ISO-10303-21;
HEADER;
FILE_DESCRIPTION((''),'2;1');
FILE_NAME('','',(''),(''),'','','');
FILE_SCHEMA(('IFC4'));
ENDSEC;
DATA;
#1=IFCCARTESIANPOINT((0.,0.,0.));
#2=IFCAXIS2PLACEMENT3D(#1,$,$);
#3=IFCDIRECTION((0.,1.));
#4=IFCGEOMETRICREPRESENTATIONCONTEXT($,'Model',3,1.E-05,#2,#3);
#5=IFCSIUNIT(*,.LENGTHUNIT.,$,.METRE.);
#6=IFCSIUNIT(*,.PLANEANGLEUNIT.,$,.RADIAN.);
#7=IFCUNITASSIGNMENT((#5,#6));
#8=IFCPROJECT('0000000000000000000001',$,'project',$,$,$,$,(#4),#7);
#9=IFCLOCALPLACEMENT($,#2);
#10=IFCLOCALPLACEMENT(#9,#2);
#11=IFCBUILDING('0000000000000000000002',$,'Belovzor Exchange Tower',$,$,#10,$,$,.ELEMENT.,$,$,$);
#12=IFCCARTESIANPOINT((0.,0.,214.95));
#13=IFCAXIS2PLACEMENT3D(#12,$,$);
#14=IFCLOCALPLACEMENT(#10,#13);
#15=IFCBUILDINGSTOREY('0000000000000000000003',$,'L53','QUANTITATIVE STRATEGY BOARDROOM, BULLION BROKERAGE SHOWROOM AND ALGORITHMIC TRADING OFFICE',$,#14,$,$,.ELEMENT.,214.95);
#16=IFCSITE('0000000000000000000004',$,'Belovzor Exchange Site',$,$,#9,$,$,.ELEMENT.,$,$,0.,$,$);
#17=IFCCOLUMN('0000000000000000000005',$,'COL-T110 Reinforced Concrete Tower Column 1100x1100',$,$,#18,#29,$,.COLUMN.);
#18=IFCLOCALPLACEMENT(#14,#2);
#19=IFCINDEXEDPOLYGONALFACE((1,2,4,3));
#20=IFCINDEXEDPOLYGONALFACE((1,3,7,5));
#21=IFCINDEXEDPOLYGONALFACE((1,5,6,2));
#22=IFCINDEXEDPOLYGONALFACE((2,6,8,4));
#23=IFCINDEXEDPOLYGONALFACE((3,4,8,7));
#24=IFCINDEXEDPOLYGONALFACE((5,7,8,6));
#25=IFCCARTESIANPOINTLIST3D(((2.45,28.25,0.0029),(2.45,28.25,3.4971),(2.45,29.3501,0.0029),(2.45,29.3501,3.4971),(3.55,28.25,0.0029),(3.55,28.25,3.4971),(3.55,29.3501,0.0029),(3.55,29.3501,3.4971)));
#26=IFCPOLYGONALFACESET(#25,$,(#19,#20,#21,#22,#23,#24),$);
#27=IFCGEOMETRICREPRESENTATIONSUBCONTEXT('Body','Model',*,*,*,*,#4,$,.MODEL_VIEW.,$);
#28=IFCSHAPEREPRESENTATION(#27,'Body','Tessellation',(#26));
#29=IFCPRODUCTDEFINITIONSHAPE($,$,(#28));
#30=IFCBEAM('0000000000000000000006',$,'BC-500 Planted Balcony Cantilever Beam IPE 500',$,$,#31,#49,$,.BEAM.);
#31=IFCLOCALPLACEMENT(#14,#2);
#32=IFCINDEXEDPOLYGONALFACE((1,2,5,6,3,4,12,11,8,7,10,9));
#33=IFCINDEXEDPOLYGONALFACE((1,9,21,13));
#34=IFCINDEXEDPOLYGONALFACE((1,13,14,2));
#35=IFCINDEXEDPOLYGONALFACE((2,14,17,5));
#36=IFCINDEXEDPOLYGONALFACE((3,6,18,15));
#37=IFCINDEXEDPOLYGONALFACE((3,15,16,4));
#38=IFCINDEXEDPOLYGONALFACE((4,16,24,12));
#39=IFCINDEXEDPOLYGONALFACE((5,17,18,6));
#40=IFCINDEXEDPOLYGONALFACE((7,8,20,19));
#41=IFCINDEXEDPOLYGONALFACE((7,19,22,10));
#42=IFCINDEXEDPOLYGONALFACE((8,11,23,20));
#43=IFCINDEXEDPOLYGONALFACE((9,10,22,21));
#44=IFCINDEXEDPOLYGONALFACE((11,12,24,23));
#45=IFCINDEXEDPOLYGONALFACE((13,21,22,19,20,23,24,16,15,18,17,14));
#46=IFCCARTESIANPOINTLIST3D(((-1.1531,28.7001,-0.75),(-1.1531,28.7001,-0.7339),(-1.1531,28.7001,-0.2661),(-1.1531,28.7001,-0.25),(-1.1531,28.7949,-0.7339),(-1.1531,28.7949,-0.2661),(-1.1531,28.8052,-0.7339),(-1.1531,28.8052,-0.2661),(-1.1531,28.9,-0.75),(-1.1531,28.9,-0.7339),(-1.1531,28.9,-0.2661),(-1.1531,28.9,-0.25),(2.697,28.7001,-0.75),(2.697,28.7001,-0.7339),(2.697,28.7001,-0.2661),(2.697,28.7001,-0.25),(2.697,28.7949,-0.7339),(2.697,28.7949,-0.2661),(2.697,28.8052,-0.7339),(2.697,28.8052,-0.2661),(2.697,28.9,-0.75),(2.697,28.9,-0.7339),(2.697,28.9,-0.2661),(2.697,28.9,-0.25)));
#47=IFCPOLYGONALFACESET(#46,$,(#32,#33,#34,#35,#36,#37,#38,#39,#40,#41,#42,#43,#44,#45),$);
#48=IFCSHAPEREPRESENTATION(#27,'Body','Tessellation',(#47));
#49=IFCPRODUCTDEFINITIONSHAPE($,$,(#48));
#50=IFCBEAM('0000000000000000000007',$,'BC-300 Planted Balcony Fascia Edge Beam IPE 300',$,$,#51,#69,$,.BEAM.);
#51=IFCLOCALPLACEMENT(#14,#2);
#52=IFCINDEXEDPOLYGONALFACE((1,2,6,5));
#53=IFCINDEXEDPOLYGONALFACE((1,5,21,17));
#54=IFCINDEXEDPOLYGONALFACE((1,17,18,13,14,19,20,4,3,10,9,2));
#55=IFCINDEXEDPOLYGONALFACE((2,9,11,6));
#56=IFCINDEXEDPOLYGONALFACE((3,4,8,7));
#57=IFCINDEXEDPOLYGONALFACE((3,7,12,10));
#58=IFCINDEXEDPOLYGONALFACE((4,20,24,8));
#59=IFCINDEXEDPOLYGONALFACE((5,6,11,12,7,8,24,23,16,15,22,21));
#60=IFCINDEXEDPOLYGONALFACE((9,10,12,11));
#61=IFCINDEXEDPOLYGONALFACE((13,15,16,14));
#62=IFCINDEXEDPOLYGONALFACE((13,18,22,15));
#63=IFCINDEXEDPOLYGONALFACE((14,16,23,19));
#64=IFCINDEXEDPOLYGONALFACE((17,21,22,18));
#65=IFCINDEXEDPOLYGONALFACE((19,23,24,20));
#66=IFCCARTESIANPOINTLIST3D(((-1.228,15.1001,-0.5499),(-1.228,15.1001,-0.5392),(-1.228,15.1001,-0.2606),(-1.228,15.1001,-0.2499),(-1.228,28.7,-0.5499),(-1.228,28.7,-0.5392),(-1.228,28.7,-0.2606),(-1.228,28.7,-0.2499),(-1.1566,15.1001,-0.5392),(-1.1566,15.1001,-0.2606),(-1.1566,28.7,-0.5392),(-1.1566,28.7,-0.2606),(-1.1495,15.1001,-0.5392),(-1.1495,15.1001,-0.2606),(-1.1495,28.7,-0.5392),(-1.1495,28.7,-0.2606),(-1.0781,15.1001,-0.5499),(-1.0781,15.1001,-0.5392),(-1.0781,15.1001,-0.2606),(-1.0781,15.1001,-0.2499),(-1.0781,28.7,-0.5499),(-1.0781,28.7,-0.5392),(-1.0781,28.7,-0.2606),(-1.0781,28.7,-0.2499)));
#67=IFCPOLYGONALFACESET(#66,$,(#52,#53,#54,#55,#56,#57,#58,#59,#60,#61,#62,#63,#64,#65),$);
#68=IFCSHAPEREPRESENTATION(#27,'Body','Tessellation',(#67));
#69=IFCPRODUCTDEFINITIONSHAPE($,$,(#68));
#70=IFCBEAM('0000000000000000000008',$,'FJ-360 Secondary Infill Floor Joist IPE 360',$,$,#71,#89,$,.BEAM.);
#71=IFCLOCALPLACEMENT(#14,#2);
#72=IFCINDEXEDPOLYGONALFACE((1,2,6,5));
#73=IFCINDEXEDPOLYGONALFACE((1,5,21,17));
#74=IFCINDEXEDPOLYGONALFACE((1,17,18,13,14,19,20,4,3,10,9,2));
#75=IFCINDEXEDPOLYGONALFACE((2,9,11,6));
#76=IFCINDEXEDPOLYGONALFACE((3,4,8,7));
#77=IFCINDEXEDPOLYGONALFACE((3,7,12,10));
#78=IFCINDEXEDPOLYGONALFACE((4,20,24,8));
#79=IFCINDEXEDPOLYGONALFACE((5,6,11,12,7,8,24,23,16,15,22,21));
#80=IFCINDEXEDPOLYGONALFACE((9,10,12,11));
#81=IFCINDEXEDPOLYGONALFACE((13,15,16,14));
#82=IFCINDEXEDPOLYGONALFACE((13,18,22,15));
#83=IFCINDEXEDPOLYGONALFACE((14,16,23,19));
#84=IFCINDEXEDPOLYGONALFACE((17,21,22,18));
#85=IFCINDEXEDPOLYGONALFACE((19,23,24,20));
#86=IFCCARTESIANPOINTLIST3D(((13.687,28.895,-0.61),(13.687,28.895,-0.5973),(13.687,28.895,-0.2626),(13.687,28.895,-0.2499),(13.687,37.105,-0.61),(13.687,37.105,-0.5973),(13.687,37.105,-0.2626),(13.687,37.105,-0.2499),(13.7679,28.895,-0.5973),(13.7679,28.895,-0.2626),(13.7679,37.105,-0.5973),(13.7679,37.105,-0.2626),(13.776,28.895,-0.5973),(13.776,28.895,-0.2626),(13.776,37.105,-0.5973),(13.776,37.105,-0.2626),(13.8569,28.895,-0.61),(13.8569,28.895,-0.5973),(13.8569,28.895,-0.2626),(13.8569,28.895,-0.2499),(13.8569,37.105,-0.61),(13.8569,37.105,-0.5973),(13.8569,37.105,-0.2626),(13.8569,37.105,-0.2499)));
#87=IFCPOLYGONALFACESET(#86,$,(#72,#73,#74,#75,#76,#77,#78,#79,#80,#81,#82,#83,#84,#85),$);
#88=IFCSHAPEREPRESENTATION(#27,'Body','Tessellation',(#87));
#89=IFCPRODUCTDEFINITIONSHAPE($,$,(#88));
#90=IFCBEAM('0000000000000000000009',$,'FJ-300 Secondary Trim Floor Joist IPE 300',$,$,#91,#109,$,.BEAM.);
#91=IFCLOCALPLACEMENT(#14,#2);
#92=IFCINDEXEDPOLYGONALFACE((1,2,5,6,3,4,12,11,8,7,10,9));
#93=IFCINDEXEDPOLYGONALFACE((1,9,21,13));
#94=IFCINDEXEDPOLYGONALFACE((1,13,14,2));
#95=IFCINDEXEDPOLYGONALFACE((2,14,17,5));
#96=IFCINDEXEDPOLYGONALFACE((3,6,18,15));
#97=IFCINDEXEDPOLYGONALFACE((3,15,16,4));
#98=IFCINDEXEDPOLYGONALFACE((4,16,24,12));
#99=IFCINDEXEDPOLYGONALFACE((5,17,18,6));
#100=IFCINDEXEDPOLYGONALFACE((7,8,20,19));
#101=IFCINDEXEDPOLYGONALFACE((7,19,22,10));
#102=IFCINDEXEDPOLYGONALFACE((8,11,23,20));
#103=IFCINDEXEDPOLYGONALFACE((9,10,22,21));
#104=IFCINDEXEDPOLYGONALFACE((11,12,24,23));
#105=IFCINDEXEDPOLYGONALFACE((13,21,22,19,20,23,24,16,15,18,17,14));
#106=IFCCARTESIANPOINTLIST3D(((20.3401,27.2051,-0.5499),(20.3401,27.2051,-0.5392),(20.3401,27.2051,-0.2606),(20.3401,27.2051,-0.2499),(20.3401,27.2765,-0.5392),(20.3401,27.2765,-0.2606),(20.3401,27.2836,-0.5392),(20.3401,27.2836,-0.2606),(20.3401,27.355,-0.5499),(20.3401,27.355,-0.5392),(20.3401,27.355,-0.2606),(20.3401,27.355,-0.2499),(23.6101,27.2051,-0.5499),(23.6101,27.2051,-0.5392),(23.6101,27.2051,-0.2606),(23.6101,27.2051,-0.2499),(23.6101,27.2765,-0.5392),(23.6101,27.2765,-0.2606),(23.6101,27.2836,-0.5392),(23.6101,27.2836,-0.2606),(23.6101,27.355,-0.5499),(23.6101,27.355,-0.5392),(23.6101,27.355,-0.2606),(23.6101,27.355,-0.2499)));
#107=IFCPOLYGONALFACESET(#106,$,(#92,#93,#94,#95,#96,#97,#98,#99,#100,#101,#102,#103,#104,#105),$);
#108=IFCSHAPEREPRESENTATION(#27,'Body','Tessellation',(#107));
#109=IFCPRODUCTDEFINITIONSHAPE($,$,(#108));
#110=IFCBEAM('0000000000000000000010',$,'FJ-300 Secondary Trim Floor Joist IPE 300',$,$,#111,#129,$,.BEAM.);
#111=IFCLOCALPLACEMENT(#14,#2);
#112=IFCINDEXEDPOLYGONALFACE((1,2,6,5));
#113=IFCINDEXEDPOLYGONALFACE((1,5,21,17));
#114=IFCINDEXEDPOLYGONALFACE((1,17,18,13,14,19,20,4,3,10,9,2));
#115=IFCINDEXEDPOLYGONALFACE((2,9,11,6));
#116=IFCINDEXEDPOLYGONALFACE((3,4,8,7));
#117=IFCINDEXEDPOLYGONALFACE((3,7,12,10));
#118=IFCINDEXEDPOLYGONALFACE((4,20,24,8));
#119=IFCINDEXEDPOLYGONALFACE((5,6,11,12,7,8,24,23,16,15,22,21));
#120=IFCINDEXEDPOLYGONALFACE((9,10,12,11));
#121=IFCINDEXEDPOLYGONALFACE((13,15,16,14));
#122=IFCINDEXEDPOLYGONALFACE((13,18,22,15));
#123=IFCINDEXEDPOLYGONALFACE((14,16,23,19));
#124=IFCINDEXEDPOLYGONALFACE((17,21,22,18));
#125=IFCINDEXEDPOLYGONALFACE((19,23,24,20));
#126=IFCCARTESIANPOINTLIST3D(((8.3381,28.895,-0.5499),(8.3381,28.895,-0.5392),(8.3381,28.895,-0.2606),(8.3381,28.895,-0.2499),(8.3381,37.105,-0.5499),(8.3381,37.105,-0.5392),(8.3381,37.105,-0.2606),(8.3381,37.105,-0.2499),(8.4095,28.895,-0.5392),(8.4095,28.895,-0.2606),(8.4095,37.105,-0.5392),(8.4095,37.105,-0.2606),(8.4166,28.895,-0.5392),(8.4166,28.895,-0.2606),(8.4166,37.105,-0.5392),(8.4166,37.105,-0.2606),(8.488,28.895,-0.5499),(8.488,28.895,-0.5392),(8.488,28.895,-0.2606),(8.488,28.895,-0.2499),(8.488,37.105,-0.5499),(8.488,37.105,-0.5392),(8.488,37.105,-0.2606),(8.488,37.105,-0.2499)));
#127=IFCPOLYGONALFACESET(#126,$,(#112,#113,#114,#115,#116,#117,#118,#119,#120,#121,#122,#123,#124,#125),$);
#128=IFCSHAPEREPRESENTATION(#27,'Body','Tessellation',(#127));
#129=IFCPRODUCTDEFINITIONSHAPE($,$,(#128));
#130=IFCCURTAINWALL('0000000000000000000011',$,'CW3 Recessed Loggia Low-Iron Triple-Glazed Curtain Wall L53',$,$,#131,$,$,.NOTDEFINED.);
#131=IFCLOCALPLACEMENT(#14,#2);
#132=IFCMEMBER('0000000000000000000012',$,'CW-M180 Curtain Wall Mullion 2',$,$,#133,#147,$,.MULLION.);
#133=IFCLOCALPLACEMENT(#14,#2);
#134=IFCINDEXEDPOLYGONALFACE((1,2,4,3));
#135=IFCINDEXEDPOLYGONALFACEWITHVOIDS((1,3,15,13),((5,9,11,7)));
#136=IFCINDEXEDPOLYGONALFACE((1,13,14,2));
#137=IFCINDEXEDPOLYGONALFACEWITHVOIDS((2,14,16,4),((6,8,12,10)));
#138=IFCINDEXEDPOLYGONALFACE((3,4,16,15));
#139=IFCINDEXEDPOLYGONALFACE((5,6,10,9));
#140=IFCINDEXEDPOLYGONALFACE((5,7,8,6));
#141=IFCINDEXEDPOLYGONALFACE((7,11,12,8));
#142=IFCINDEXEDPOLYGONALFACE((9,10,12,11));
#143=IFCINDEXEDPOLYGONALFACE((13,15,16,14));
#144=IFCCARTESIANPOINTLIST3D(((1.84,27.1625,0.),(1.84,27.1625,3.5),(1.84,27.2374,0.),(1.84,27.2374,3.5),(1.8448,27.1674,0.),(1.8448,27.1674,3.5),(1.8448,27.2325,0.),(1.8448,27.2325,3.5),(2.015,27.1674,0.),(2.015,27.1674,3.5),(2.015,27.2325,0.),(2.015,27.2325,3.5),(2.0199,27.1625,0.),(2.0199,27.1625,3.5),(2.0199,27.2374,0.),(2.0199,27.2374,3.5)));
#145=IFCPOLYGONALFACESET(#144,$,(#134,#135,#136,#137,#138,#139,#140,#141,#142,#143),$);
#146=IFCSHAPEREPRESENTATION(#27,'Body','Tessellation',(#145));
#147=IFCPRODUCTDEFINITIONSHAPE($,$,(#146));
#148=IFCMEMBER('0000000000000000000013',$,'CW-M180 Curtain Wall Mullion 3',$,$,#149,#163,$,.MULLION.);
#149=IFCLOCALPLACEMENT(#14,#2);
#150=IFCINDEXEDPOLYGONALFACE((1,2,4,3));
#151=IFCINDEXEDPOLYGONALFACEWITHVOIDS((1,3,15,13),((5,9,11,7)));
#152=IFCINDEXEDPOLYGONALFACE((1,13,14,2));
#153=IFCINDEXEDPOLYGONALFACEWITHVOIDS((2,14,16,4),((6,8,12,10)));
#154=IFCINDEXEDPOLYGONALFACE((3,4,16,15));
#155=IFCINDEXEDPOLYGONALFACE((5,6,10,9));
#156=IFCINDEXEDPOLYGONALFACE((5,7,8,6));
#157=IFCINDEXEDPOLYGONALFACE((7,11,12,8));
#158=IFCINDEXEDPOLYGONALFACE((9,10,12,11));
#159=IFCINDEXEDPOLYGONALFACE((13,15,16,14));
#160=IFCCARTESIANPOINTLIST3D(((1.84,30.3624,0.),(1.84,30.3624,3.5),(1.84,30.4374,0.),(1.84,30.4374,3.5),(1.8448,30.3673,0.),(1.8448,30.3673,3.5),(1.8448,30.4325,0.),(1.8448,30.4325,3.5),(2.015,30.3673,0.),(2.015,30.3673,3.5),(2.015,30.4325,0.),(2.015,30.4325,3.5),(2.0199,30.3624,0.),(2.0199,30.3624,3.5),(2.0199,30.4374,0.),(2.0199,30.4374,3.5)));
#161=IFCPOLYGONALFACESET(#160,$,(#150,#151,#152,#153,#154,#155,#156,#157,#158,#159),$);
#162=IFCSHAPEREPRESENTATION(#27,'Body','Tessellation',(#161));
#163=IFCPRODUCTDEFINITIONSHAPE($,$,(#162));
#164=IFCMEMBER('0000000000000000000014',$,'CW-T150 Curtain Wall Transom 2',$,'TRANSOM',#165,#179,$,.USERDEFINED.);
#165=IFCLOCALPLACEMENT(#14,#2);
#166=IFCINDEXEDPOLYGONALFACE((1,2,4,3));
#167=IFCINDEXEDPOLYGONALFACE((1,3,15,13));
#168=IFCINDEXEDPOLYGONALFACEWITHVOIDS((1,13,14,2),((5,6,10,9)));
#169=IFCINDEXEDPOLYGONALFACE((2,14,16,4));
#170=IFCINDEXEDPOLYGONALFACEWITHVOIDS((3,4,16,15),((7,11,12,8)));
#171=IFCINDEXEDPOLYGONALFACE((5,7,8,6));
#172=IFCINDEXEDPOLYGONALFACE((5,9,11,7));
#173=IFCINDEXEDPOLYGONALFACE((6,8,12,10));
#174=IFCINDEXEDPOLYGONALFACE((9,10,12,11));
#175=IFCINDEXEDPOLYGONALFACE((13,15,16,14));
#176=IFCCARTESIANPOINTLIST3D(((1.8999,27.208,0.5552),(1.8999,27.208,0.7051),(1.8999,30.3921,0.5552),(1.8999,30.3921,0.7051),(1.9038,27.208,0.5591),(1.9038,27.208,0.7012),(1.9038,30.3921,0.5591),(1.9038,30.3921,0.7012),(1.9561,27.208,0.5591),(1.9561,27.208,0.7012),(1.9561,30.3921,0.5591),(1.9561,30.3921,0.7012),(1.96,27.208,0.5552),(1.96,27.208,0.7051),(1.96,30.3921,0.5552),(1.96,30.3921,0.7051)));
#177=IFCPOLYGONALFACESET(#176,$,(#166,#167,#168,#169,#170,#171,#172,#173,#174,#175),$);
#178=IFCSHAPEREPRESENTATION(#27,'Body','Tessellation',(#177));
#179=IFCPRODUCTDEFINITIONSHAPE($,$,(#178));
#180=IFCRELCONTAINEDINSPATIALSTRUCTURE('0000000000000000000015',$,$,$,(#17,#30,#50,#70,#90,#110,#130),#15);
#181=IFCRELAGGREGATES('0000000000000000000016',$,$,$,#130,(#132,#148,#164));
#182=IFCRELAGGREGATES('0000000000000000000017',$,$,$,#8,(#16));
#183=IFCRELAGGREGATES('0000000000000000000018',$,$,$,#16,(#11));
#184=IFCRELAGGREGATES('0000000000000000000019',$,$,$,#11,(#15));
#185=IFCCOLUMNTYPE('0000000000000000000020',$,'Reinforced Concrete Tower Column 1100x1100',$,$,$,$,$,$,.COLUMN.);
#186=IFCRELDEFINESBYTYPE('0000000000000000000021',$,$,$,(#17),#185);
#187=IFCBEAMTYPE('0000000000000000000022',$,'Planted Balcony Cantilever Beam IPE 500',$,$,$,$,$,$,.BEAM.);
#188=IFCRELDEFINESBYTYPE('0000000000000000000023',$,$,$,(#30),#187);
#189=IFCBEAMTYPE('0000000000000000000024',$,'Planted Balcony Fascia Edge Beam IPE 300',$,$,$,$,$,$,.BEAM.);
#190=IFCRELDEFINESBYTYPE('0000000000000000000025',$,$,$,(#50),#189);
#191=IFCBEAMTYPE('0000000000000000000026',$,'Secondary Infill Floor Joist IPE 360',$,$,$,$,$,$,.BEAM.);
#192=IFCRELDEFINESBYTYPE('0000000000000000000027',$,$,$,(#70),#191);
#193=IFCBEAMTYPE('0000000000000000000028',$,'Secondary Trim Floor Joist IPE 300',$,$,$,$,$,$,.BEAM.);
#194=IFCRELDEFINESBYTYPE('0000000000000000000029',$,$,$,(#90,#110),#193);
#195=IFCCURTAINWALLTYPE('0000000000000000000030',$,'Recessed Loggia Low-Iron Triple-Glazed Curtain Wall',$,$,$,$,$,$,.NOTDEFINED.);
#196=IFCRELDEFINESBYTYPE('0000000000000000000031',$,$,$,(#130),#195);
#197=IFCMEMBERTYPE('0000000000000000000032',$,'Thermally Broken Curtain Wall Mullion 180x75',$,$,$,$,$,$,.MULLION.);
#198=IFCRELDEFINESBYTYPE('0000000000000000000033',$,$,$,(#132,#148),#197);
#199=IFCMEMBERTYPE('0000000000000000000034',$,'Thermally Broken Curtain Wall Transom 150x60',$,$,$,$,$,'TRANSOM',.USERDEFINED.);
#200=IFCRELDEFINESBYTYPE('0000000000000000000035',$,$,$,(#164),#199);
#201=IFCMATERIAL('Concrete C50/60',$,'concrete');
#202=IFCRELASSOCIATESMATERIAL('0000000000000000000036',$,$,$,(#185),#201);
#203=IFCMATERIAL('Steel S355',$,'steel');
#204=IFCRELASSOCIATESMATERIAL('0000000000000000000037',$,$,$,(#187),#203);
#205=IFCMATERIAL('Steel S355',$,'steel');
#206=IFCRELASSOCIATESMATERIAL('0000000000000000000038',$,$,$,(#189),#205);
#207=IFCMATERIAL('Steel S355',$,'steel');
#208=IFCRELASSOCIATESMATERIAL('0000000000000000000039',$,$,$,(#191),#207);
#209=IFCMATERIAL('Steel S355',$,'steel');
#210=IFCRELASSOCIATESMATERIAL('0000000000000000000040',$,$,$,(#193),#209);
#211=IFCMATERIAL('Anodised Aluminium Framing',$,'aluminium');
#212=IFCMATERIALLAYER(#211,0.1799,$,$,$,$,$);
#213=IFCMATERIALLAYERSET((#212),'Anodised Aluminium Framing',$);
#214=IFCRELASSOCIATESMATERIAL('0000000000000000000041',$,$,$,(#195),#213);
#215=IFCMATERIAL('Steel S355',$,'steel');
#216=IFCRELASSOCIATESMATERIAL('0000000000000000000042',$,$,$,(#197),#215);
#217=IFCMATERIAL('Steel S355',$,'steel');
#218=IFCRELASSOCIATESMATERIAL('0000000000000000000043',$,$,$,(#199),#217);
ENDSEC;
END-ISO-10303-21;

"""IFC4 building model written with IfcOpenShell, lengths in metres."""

from ifc_helpers import new_model, si_unit, direction, frame, origin, origin_2d, place, context, subcontext, project, spatial, rectangle, hollow_rectangle, i_section, extrude, material, layer, layer_set, material_profile, profile_set, type_object, element, aggregate, save


model = new_model("IFC4")

# Units and contexts
model_context = context("Model", 3, precision=1e-05, world=origin(), true_north=direction((0.0, 1.0)))
body_context = subcontext(model_context, "Body", "Model", "MODEL_VIEW")
ifc_project = project(units=[si_unit("LENGTHUNIT", "METRE"), si_unit("PLANEANGLEUNIT", "RADIAN")], contexts=[model_context])

# Site, building, storey
site_placement = place(None, origin())
site = spatial("IfcSite", under=ifc_project, at=site_placement, Name="Belovzor Exchange Site", CompositionType="ELEMENT", RefElevation=0.0)
building_placement = place(site_placement, origin())
building = spatial("IfcBuilding", under=site, at=building_placement, Name="Belovzor Exchange Tower", CompositionType="ELEMENT")
storey_placement = place(building_placement, frame((0.0, 0.0, 214.95)))
storey = spatial("IfcBuildingStorey", under=building, at=storey_placement, Name="L53", Description="QUANTITATIVE STRATEGY BOARDROOM, BULLION BROKERAGE SHOWROOM AND ALGORITHMIC TRADING OFFICE", CompositionType="ELEMENT", Elevation=214.95)

# Column
ifc_material_1 = material(Name="Concrete C50/60", Category="concrete")
ifc_material_profile_1 = material_profile(ifc_material_1, rectangle(XDim=1.1001, YDim=1.1001, at=origin_2d()))
ifc_profile_set_1 = profile_set([ifc_material_profile_1], Name="Concrete C50/60")
column_type = type_object("IfcColumnType", Name="Reinforced Concrete Tower Column 1100x1100", PredefinedType="COLUMN", material=ifc_profile_set_1)
column_placement = place(storey_placement, frame((3.0, 28.8, 0.0029), z_axis=(0.0, 0.0, 1.0), x_axis=(1.0, 0.0, 0.0)))
element("IfcColumn", 1, at=column_placement, inside=storey, type_object=column_type, Name="COL-T110 Reinforced Concrete Tower Column 1100x1100", PredefinedType="COLUMN", context=body_context, shape_type="SweptSolid", body=[
    extrude(rectangle(XDim=1.1001, YDim=1.1001, at=origin_2d()), origin(), (0.0, 0.0, 1.0), 3.4941),
])

# Beams
ifc_material_2 = material(Name="Steel S355", Category="steel")
ifc_material_profile_2 = material_profile(ifc_material_2, i_section(OverallWidth=0.2, OverallDepth=0.5, WebThickness=0.0103, FlangeThickness=0.0161, at=origin_2d()))
ifc_profile_set_2 = profile_set([ifc_material_profile_2], Name="Steel S355")
beam_type_1 = type_object("IfcBeamType", Name="Planted Balcony Cantilever Beam IPE 500", PredefinedType="BEAM", material=ifc_profile_set_2)
beam_1_placement = place(storey_placement, frame((2.697, 28.8, -0.5), z_axis=(-1.0, 0.0, 0.0), x_axis=(0.0, -1.0, 0.0)))
element("IfcBeam", 2, at=beam_1_placement, inside=storey, type_object=beam_type_1, Name="BC-500 Planted Balcony Cantilever Beam IPE 500", PredefinedType="BEAM", context=body_context, shape_type="SweptSolid", body=[
    extrude(i_section(OverallWidth=0.2, OverallDepth=0.5, WebThickness=0.0103, FlangeThickness=0.0161, at=origin_2d()), origin(), (0.0, 0.0, 1.0), 3.8501),
])
ifc_material_3 = material(Name="Steel S355", Category="steel")
ifc_material_profile_3 = material_profile(ifc_material_3, i_section(OverallWidth=0.1499, OverallDepth=0.3, WebThickness=0.0071, FlangeThickness=0.0107, at=origin_2d()))
ifc_profile_set_3 = profile_set([ifc_material_profile_3], Name="Steel S355")
beam_type_2 = type_object("IfcBeamType", Name="Planted Balcony Fascia Edge Beam IPE 300", PredefinedType="BEAM", material=ifc_profile_set_3)
beam_2_placement = place(storey_placement, frame((-1.1531, 28.7, -0.3999), z_axis=(0.0, -1.0, 0.0), x_axis=(1.0, 0.0, 0.0)))
element("IfcBeam", 3, at=beam_2_placement, inside=storey, type_object=beam_type_2, Name="BC-300 Planted Balcony Fascia Edge Beam IPE 300", PredefinedType="BEAM", context=body_context, shape_type="SweptSolid", body=[
    extrude(i_section(OverallWidth=0.1499, OverallDepth=0.3, WebThickness=0.0071, FlangeThickness=0.0107, at=origin_2d()), origin(), (0.0, 0.0, 1.0), 13.5999),
])
ifc_material_4 = material(Name="Steel S355", Category="steel")
ifc_material_profile_4 = material_profile(ifc_material_4, i_section(OverallWidth=0.1699, OverallDepth=0.3601, WebThickness=0.0081, FlangeThickness=0.0127, at=origin_2d()))
ifc_profile_set_4 = profile_set([ifc_material_profile_4], Name="Steel S355")
beam_type_3 = type_object("IfcBeamType", Name="Secondary Infill Floor Joist IPE 360", PredefinedType="BEAM", material=ifc_profile_set_4)
beam_3_placement = place(storey_placement, frame((13.772, 28.895, -0.4299), z_axis=(0.0, 1.0, 0.0), x_axis=(-1.0, 0.0, 0.0)))
element("IfcBeam", 4, at=beam_3_placement, inside=storey, type_object=beam_type_3, Name="FJ-360 Secondary Infill Floor Joist IPE 360", PredefinedType="BEAM", context=body_context, shape_type="SweptSolid", body=[
    extrude(i_section(OverallWidth=0.1699, OverallDepth=0.3601, WebThickness=0.0081, FlangeThickness=0.0127, at=origin_2d()), origin(), (0.0, 0.0, 1.0), 8.21),
])
ifc_material_5 = material(Name="Steel S355", Category="steel")
ifc_material_profile_5 = material_profile(ifc_material_5, i_section(OverallWidth=0.1499, OverallDepth=0.3, WebThickness=0.0071, FlangeThickness=0.0107, at=origin_2d()))
ifc_profile_set_5 = profile_set([ifc_material_profile_5], Name="Steel S355")
beam_type_4 = type_object("IfcBeamType", Name="Secondary Trim Floor Joist IPE 300", PredefinedType="BEAM", material=ifc_profile_set_5)
beam_4_placement = place(storey_placement, frame((20.3401, 27.28, -0.3999), z_axis=(1.0, 0.0, 0.0), x_axis=(0.0, 1.0, 0.0)))
element("IfcBeam", 5, at=beam_4_placement, inside=storey, type_object=beam_type_4, Name="FJ-300 Secondary Trim Floor Joist IPE 300", PredefinedType="BEAM", context=body_context, shape_type="SweptSolid", body=[
    extrude(i_section(OverallWidth=0.1499, OverallDepth=0.3, WebThickness=0.0071, FlangeThickness=0.0107, at=origin_2d()), origin(), (0.0, 0.0, 1.0), 3.27),
])
beam_5_placement = place(storey_placement, frame((8.4131, 28.895, -0.3999), z_axis=(0.0, 1.0, 0.0), x_axis=(-1.0, 0.0, 0.0)))
element("IfcBeam", 6, at=beam_5_placement, inside=storey, type_object=beam_type_4, Name="FJ-300 Secondary Trim Floor Joist IPE 300", PredefinedType="BEAM", context=body_context, shape_type="SweptSolid", body=[
    extrude(i_section(OverallWidth=0.1499, OverallDepth=0.3, WebThickness=0.0071, FlangeThickness=0.0107, at=origin_2d()), origin(), (0.0, 0.0, 1.0), 8.21),
])

# Curtain wall, members
ifc_material_6 = material(Name="Anodised Aluminium Framing", Category="aluminium")
ifc_layer_1 = layer(ifc_material_6, 0.1799)
ifc_layer_set_1 = layer_set([ifc_layer_1], Name="Anodised Aluminium Framing")
curtain_wall_type = type_object("IfcCurtainWallType", Name="Recessed Loggia Low-Iron Triple-Glazed Curtain Wall", PredefinedType="NOTDEFINED", material=ifc_layer_set_1)
curtain_wall_placement = place(storey_placement, origin())
curtain_wall = element("IfcCurtainWall", 7, at=curtain_wall_placement, inside=storey, type_object=curtain_wall_type, Name="CW3 Recessed Loggia Low-Iron Triple-Glazed Curtain Wall L53", PredefinedType="NOTDEFINED")
ifc_material_7 = material(Name="Steel S355", Category="steel")
ifc_material_profile_6 = material_profile(ifc_material_7, hollow_rectangle(XDim=0.075, YDim=0.1799, WallThickness=0.0049, at=origin_2d()))
ifc_profile_set_6 = profile_set([ifc_material_profile_6], Name="Steel S355")
member_type_1 = type_object("IfcMemberType", Name="Thermally Broken Curtain Wall Mullion 180x75", PredefinedType="MULLION", material=ifc_profile_set_6)
member_1_placement = place(storey_placement, frame((1.9299, 27.2, 0.0), z_axis=(0.0, 0.0, 1.0), x_axis=(0.0, 1.0, 0.0)))
member_1 = element("IfcMember", 8, at=member_1_placement, type_object=member_type_1, Name="CW-M180 Curtain Wall Mullion 2", PredefinedType="MULLION", context=body_context, shape_type="SweptSolid", body=[
    extrude(hollow_rectangle(XDim=0.075, YDim=0.1799, WallThickness=0.0049, at=origin_2d()), origin(), (0.0, 0.0, 1.0), 3.5),
])
member_2_placement = place(storey_placement, frame((1.9299, 30.3999, 0.0), z_axis=(0.0, 0.0, 1.0), x_axis=(0.0, 1.0, 0.0)))
member_2 = element("IfcMember", 9, at=member_2_placement, type_object=member_type_1, Name="CW-M180 Curtain Wall Mullion 3", PredefinedType="MULLION", context=body_context, shape_type="SweptSolid", body=[
    extrude(hollow_rectangle(XDim=0.075, YDim=0.1799, WallThickness=0.0049, at=origin_2d()), origin(), (0.0, 0.0, 1.0), 3.5),
])
ifc_material_8 = material(Name="Steel S355", Category="steel")
ifc_material_profile_7 = material_profile(ifc_material_8, hollow_rectangle(XDim=0.0601, YDim=0.1499, WallThickness=0.0039, at=origin_2d()))
ifc_profile_set_7 = profile_set([ifc_material_profile_7], Name="Steel S355")
member_type_2 = type_object("IfcMemberType", Name="Thermally Broken Curtain Wall Transom 150x60", ElementType="TRANSOM", PredefinedType="USERDEFINED", material=ifc_profile_set_7)
member_3_placement = place(storey_placement, frame((1.9299, 27.208, 0.6301), z_axis=(0.0, 1.0, 0.0), x_axis=(-1.0, 0.0, 0.0)))
member_3 = element("IfcMember", 10, at=member_3_placement, type_object=member_type_2, Name="CW-T150 Curtain Wall Transom 2", ObjectType="TRANSOM", PredefinedType="USERDEFINED", context=body_context, shape_type="SweptSolid", body=[
    extrude(hollow_rectangle(XDim=0.0601, YDim=0.1499, WallThickness=0.0039, at=origin_2d()), origin(), (0.0, 0.0, 1.0), 3.1841),
])

aggregate(curtain_wall, [member_1, member_2, member_3])

save(model, "model.ifc")
